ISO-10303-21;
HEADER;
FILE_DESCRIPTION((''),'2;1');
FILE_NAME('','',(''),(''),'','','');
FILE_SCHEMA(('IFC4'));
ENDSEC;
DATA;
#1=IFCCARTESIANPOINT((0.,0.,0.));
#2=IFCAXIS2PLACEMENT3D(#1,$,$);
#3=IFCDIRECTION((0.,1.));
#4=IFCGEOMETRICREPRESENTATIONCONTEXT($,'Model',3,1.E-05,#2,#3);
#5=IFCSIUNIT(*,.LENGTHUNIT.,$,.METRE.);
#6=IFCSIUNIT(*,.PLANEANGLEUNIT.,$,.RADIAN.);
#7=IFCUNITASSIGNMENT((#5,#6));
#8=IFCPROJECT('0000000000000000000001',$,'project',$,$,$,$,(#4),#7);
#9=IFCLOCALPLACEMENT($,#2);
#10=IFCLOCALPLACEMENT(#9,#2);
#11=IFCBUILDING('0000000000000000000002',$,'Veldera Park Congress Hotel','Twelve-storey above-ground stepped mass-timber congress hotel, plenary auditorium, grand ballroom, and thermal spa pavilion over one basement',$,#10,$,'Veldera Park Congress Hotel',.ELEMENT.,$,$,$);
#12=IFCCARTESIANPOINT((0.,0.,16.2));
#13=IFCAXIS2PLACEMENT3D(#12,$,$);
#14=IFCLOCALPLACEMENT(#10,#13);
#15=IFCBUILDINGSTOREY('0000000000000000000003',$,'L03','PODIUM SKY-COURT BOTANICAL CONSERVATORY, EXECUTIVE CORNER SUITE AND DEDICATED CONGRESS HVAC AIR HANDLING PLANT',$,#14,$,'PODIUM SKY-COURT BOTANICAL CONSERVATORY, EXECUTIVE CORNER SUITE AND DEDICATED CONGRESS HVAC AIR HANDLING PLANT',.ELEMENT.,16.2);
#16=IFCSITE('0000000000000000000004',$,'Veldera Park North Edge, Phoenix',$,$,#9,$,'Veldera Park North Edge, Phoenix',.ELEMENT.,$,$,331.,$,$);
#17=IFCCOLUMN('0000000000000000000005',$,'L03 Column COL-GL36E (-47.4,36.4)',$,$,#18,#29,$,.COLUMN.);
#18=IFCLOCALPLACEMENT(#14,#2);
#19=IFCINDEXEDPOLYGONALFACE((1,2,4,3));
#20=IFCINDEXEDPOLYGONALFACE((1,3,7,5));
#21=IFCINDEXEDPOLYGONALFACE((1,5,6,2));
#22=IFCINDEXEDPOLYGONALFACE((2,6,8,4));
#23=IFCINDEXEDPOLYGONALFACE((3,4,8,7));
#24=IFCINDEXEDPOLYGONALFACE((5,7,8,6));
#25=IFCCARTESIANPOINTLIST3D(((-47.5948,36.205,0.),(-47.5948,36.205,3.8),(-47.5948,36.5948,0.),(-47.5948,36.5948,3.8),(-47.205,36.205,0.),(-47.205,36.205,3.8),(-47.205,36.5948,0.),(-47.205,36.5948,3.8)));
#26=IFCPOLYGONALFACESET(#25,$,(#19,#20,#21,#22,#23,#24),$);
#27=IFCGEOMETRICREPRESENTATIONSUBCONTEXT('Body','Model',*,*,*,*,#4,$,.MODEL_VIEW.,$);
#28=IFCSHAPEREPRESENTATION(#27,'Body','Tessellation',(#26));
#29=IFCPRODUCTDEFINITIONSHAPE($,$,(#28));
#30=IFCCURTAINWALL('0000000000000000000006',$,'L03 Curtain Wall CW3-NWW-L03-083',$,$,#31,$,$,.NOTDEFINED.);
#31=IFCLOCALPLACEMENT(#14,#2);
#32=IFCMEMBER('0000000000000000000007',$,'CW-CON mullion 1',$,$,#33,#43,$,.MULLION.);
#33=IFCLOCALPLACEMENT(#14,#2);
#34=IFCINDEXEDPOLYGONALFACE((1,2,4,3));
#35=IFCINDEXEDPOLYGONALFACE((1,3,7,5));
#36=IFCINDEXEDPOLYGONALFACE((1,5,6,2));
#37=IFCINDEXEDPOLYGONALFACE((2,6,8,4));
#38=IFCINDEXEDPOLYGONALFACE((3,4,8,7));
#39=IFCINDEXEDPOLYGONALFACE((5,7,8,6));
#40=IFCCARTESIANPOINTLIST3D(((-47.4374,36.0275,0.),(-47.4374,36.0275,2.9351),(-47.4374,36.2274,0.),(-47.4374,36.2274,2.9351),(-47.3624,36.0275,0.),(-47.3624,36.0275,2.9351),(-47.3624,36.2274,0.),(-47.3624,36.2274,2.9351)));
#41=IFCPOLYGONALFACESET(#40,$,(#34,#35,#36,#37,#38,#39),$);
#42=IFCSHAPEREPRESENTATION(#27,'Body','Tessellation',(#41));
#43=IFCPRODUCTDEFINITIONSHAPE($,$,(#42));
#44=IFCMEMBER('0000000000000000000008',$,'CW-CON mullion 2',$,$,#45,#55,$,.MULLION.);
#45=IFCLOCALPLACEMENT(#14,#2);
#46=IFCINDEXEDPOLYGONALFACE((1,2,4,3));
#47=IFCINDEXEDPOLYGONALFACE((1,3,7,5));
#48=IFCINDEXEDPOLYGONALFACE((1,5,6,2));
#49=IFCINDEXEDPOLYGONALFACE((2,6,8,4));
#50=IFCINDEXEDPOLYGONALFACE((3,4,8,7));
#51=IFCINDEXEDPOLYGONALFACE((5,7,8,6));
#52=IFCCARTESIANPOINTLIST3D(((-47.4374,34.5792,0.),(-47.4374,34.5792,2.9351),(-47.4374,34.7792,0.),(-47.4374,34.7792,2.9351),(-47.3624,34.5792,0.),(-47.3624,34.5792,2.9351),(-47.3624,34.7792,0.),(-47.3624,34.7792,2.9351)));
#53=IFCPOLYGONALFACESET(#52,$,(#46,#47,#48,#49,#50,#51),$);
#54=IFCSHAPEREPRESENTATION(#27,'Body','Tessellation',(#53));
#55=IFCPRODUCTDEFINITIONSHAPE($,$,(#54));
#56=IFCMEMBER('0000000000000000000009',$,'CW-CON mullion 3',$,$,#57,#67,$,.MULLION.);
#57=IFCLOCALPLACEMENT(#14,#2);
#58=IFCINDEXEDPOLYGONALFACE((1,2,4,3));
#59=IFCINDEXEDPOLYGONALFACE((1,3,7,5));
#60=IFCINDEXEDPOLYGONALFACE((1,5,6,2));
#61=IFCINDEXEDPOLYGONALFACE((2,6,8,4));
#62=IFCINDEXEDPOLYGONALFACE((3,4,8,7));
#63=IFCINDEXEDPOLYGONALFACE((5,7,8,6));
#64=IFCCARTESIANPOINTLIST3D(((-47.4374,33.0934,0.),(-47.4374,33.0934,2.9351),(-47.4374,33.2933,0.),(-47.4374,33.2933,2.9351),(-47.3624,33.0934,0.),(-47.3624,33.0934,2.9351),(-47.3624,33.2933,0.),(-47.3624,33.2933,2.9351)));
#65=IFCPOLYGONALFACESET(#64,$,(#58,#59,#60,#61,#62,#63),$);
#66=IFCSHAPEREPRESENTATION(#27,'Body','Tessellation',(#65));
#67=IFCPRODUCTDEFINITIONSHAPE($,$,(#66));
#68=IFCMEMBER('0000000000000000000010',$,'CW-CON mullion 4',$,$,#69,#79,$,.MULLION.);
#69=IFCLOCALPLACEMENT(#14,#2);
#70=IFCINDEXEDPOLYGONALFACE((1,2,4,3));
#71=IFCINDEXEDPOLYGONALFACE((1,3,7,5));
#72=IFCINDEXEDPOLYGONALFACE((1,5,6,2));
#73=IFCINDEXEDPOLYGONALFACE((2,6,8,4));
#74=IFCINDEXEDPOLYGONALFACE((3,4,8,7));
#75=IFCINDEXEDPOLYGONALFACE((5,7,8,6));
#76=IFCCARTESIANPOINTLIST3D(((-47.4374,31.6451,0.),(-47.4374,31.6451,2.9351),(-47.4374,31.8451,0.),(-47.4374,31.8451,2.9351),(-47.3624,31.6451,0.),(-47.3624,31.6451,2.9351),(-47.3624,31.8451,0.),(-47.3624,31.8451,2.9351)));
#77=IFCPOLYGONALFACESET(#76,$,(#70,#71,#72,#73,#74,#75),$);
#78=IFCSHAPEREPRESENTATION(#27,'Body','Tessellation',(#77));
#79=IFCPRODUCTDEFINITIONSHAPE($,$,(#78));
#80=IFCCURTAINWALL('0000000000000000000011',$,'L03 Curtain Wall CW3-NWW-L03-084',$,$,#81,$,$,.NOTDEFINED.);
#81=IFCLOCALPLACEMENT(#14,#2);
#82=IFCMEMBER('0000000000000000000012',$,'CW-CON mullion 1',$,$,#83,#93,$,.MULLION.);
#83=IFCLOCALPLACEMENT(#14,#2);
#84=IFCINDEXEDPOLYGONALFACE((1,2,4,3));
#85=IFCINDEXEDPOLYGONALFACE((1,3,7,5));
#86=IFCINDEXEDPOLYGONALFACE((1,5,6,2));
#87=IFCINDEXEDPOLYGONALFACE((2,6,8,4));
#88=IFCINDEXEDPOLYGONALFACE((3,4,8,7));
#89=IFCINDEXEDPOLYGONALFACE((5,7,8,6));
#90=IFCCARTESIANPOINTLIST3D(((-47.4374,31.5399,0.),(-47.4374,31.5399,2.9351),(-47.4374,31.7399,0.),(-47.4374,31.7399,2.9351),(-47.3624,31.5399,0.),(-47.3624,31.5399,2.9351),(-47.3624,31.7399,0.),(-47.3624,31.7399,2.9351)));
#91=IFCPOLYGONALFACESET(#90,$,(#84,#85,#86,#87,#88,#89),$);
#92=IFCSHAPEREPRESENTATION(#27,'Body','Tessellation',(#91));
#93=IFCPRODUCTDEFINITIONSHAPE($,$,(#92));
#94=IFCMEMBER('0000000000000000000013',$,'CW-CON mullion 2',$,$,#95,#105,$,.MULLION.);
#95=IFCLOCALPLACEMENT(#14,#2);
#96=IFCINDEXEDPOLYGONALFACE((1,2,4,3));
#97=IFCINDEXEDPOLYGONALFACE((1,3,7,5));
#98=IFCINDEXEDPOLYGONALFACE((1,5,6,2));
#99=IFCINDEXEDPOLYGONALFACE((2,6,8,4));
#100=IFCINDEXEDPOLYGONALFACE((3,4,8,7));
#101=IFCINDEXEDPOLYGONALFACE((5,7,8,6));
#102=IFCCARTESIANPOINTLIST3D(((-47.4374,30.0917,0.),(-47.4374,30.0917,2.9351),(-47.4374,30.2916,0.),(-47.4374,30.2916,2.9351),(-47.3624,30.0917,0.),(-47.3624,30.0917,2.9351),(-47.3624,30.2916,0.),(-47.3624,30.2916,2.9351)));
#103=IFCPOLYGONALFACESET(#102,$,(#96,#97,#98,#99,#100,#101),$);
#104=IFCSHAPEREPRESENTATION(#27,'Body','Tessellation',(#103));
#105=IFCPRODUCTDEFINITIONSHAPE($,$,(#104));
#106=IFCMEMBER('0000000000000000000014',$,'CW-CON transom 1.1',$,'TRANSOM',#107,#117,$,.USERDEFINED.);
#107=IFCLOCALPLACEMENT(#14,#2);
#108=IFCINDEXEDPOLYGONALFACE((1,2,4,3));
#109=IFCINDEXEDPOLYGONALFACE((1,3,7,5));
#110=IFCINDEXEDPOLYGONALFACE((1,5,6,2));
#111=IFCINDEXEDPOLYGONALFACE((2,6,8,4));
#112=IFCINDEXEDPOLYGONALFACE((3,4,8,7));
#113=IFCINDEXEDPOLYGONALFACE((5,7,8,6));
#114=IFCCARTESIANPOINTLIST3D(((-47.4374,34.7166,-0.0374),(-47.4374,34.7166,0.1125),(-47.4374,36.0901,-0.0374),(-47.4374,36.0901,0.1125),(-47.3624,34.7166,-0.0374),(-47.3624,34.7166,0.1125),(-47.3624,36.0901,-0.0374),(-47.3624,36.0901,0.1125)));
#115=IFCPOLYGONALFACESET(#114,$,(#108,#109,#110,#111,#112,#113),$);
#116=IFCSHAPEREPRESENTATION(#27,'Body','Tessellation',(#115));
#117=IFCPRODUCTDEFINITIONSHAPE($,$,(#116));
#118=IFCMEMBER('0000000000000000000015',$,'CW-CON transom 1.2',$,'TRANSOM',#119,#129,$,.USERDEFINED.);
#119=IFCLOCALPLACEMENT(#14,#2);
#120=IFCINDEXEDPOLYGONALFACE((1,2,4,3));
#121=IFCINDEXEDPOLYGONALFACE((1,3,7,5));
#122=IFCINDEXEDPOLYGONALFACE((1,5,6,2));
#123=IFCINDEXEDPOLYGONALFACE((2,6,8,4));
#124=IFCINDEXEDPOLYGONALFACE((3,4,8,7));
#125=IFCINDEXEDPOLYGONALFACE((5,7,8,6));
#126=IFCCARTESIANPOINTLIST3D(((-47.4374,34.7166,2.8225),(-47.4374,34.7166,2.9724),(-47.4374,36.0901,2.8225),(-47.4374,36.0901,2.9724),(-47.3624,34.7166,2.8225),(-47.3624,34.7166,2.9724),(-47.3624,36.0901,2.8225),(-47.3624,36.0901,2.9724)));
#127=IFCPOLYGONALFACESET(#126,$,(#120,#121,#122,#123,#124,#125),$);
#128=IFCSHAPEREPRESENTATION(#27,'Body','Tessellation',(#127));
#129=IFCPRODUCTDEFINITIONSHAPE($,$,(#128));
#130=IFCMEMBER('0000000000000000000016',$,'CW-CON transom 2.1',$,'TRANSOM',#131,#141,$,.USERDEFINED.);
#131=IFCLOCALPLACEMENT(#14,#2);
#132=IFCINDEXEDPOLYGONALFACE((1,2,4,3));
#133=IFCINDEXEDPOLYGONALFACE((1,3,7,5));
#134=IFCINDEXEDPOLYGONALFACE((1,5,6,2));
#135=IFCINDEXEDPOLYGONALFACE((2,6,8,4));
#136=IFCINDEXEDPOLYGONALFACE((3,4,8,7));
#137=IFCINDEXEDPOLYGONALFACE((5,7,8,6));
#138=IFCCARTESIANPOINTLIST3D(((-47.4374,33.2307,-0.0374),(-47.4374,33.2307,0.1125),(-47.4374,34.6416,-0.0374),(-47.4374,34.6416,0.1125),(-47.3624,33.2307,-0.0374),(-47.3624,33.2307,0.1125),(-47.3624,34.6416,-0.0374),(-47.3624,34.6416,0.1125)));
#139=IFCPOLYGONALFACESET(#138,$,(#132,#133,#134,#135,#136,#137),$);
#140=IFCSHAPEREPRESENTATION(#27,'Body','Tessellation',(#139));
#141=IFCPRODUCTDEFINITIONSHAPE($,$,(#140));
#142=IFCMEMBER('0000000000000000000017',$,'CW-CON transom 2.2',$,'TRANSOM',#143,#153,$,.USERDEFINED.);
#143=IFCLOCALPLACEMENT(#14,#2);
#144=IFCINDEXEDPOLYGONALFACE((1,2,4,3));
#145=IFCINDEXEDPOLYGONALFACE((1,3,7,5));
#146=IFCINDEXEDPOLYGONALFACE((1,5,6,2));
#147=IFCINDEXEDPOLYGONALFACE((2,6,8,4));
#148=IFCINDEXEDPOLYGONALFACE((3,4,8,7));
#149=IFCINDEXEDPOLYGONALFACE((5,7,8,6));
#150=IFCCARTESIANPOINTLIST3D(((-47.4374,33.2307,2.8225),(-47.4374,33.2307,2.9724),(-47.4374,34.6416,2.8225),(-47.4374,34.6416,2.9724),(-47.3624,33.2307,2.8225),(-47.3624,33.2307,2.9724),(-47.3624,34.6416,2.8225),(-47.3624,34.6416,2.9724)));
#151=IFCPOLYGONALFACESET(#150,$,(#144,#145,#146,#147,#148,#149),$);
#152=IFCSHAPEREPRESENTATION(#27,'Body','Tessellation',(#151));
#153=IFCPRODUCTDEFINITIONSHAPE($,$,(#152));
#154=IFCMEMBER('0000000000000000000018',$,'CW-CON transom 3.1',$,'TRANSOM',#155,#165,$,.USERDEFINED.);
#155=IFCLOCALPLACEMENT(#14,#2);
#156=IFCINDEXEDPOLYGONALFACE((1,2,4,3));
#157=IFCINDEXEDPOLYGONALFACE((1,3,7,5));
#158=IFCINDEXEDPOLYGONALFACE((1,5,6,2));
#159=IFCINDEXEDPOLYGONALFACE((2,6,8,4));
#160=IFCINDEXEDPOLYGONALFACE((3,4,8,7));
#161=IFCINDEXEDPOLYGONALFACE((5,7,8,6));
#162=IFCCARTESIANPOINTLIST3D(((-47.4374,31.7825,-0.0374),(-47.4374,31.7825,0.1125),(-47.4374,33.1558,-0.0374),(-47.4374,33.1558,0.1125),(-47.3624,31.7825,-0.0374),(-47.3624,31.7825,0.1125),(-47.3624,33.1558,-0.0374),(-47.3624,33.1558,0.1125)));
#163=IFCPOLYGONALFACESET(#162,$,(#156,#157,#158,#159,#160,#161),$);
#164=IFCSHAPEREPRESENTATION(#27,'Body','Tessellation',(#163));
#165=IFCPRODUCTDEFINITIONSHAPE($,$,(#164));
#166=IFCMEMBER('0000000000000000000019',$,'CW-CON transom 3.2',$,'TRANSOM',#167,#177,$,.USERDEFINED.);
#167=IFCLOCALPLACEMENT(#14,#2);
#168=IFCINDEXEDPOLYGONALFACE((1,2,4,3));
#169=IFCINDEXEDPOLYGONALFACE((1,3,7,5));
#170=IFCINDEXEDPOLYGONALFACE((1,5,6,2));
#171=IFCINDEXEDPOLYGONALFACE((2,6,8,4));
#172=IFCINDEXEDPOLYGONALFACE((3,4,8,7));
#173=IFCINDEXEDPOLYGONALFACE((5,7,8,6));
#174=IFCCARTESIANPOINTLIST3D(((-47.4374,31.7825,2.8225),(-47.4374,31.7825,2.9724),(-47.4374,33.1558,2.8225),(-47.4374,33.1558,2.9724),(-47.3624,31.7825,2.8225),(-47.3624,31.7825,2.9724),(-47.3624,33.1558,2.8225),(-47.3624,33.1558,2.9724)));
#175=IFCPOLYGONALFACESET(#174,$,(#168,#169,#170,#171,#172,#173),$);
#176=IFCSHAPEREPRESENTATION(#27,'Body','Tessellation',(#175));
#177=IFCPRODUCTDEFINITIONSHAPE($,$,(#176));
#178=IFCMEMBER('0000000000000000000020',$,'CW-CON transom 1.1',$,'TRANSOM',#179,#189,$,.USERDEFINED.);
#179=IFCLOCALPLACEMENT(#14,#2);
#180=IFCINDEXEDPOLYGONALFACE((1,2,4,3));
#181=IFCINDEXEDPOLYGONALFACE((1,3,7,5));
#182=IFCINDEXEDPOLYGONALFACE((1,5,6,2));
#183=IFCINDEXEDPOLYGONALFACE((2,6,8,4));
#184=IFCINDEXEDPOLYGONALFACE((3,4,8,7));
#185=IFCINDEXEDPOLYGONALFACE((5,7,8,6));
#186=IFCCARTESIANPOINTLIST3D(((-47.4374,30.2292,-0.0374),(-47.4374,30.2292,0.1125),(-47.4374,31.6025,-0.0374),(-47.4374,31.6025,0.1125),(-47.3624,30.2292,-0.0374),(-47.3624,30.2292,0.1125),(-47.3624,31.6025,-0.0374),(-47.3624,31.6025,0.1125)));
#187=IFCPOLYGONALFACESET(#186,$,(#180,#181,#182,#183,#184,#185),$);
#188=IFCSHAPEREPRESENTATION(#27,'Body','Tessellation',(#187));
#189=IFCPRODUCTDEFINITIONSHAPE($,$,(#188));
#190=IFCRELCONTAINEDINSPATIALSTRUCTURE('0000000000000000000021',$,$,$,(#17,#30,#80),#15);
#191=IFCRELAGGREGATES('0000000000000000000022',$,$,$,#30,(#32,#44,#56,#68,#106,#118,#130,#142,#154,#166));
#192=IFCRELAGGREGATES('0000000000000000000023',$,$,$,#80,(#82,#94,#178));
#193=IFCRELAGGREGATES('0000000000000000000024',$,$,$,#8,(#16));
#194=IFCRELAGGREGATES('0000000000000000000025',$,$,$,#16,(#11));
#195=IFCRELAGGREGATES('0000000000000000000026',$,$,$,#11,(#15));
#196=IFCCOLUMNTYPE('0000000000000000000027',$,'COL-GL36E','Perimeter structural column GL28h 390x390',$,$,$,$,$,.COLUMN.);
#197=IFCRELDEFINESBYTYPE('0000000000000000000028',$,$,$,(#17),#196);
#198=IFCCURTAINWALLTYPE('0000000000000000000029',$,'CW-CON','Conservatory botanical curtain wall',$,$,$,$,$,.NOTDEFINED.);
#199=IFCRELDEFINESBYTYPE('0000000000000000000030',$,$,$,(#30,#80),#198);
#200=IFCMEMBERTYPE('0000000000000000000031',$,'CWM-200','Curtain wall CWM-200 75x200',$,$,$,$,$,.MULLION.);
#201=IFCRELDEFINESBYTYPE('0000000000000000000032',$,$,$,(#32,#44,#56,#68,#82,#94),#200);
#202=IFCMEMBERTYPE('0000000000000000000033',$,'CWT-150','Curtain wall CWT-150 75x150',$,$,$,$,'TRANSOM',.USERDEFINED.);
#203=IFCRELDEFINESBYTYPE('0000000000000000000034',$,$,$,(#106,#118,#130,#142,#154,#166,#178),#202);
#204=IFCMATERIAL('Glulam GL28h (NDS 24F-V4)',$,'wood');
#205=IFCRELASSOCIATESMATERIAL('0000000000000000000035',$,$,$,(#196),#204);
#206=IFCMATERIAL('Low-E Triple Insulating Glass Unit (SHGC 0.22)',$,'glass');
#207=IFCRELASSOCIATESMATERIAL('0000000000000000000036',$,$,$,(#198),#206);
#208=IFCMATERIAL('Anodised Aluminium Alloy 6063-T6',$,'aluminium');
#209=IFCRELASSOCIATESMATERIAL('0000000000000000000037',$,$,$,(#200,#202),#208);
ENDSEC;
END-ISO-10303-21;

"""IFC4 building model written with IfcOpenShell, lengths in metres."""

from ifc_helpers import new_model, si_unit, direction, frame, origin, origin_2d, place, context, subcontext, project, spatial, rectangle, extrude, material, material_profile, profile_set, type_object, element, aggregate, save


model = new_model("IFC4")

# Units and contexts
model_context = context("Model", 3, precision=1e-05, world=origin(), true_north=direction((0.0, 1.0)))
body_context = subcontext(model_context, "Body", "Model", "MODEL_VIEW")
ifc_project = project(units=[si_unit("LENGTHUNIT", "METRE"), si_unit("PLANEANGLEUNIT", "RADIAN")], contexts=[model_context])

# Site, building, storey
site_placement = place(None, origin())
site = spatial("IfcSite", under=ifc_project, at=site_placement, Name="Veldera Park North Edge, Phoenix", LongName="Veldera Park North Edge, Phoenix", CompositionType="ELEMENT", RefElevation=331.0)
building_placement = place(site_placement, origin())
building = spatial("IfcBuilding", under=site, at=building_placement, Name="Veldera Park Congress Hotel", Description="Twelve-storey above-ground stepped mass-timber congress hotel, plenary auditorium, grand ballroom, and thermal spa pavilion over one basement", LongName="Veldera Park Congress Hotel", CompositionType="ELEMENT")
storey_placement = place(building_placement, frame((0.0, 0.0, 16.2)))
storey = spatial("IfcBuildingStorey", under=building, at=storey_placement, Name="L03", Description="PODIUM SKY-COURT BOTANICAL CONSERVATORY, EXECUTIVE CORNER SUITE AND DEDICATED CONGRESS HVAC AIR HANDLING PLANT", LongName="PODIUM SKY-COURT BOTANICAL CONSERVATORY, EXECUTIVE CORNER SUITE AND DEDICATED CONGRESS HVAC AIR HANDLING PLANT", CompositionType="ELEMENT", Elevation=16.2)

# Column
ifc_material_1 = material(Name="Glulam GL28h (NDS 24F-V4)", Category="wood")
ifc_material_profile_1 = material_profile(ifc_material_1, rectangle(XDim=0.3899, YDim=0.3899, at=origin_2d()), Name="GL28h 390x390")
ifc_profile_set_1 = profile_set([ifc_material_profile_1], Name="Glulam GL28h (NDS 24F-V4)")
column_type = type_object("IfcColumnType", Name="COL-GL36E", Description="Perimeter structural column GL28h 390x390", PredefinedType="COLUMN", material=ifc_profile_set_1)
column_placement = place(storey_placement, frame((-47.3999, 36.3999, 0.0), z_axis=(0.0, 0.0, 1.0), x_axis=(1.0, 0.0, 0.0)))
element("IfcColumn", 1, at=column_placement, inside=storey, type_object=column_type, Name="L03 Column COL-GL36E (-47.4,36.4)", PredefinedType="COLUMN", context=body_context, shape_type="SweptSolid", body=[
    extrude(rectangle(XDim=0.3899, YDim=0.3899, at=origin_2d()), origin(), (0.0, 0.0, 1.0), 3.8),
])

# Curtain walls, members
ifc_material_2 = material(Name="Low-E Triple Insulating Glass Unit (SHGC 0.22)", Category="glass")
curtain_wall_type = type_object("IfcCurtainWallType", Name="CW-CON", Description="Conservatory botanical curtain wall", PredefinedType="NOTDEFINED", material=ifc_material_2)
curtain_wall_1_placement = place(storey_placement, origin())
curtain_wall_1 = element("IfcCurtainWall", 2, at=curtain_wall_1_placement, inside=storey, type_object=curtain_wall_type, Name="L03 Curtain Wall CW3-NWW-L03-083", PredefinedType="NOTDEFINED")
ifc_material_3 = material(Name="Anodised Aluminium Alloy 6063-T6", Category="aluminium")
ifc_material_profile_2 = material_profile(ifc_material_3, rectangle(XDim=0.075, YDim=0.2, at=origin_2d()), Name="ALU 75x200")
ifc_profile_set_2 = profile_set([ifc_material_profile_2], Name="Anodised Aluminium Alloy 6063-T6")
member_type_1 = type_object("IfcMemberType", Name="CWM-200", Description="Curtain wall CWM-200 75x200", PredefinedType="MULLION", material=ifc_profile_set_2)
member_1_placement = place(storey_placement, frame((-47.3999, 36.1274, 0.0), z_axis=(0.0, 0.0, 1.0), x_axis=(1.0, 0.0, 0.0)))
member_1 = element("IfcMember", 3, at=member_1_placement, type_object=member_type_1, Name="CW-CON mullion 1", PredefinedType="MULLION", context=body_context, shape_type="SweptSolid", body=[
    extrude(rectangle(XDim=0.075, YDim=0.2, at=origin_2d()), origin(), (0.0, 0.0, 1.0), 2.9351),
])
member_2_placement = place(storey_placement, frame((-47.3999, 34.6792, 0.0), z_axis=(0.0, 0.0, 1.0), x_axis=(1.0, 0.0, 0.0)))
member_2 = element("IfcMember", 4, at=member_2_placement, type_object=member_type_1, Name="CW-CON mullion 2", PredefinedType="MULLION", context=body_context, shape_type="SweptSolid", body=[
    extrude(rectangle(XDim=0.075, YDim=0.2, at=origin_2d()), origin(), (0.0, 0.0, 1.0), 2.9351),
])
member_3_placement = place(storey_placement, frame((-47.3999, 33.1934, 0.0), z_axis=(0.0, 0.0, 1.0), x_axis=(1.0, 0.0, 0.0)))
member_3 = element("IfcMember", 5, at=member_3_placement, type_object=member_type_1, Name="CW-CON mullion 3", PredefinedType="MULLION", context=body_context, shape_type="SweptSolid", body=[
    extrude(rectangle(XDim=0.075, YDim=0.2, at=origin_2d()), origin(), (0.0, 0.0, 1.0), 2.9351),
])
member_4_placement = place(storey_placement, frame((-47.3999, 31.7451, 0.0), z_axis=(0.0, 0.0, 1.0), x_axis=(1.0, 0.0, 0.0)))
member_4 = element("IfcMember", 6, at=member_4_placement, type_object=member_type_1, Name="CW-CON mullion 4", PredefinedType="MULLION", context=body_context, shape_type="SweptSolid", body=[
    extrude(rectangle(XDim=0.075, YDim=0.2, at=origin_2d()), origin(), (0.0, 0.0, 1.0), 2.9351),
])
curtain_wall_2_placement = place(storey_placement, origin())
curtain_wall_2 = element("IfcCurtainWall", 7, at=curtain_wall_2_placement, inside=storey, type_object=curtain_wall_type, Name="L03 Curtain Wall CW3-NWW-L03-084", PredefinedType="NOTDEFINED")
member_5_placement = place(storey_placement, frame((-47.3999, 31.6399, 0.0), z_axis=(0.0, 0.0, 1.0), x_axis=(1.0, 0.0, 0.0)))
member_5 = element("IfcMember", 8, at=member_5_placement, type_object=member_type_1, Name="CW-CON mullion 1", PredefinedType="MULLION", context=body_context, shape_type="SweptSolid", body=[
    extrude(rectangle(XDim=0.075, YDim=0.2, at=origin_2d()), origin(), (0.0, 0.0, 1.0), 2.9351),
])
member_6_placement = place(storey_placement, frame((-47.3999, 30.1917, 0.0), z_axis=(0.0, 0.0, 1.0), x_axis=(1.0, 0.0, 0.0)))
member_6 = element("IfcMember", 9, at=member_6_placement, type_object=member_type_1, Name="CW-CON mullion 2", PredefinedType="MULLION", context=body_context, shape_type="SweptSolid", body=[
    extrude(rectangle(XDim=0.075, YDim=0.2, at=origin_2d()), origin(), (0.0, 0.0, 1.0), 2.9351),
])

# Members
ifc_material_profile_3 = material_profile(ifc_material_3, rectangle(XDim=0.075, YDim=0.1499, at=origin_2d()), Name="ALU 75x150")
ifc_profile_set_3 = profile_set([ifc_material_profile_3], Name="Anodised Aluminium Alloy 6063-T6")
member_type_2 = type_object("IfcMemberType", Name="CWT-150", Description="Curtain wall CWT-150 75x150", ElementType="TRANSOM", PredefinedType="USERDEFINED", material=ifc_profile_set_3)
member_7_placement = place(storey_placement, frame((-47.3999, 36.0901, 0.0376), z_axis=(0.0, -1.0, 0.0), x_axis=(1.0, 0.0, 0.0)))
member_7 = element("IfcMember", 10, at=member_7_placement, type_object=member_type_2, Name="CW-CON transom 1.1", ObjectType="TRANSOM", PredefinedType="USERDEFINED", context=body_context, shape_type="SweptSolid", body=[
    extrude(rectangle(XDim=0.075, YDim=0.1499, at=origin_2d()), origin(), (0.0, 0.0, 1.0), 1.3735),
])
member_8_placement = place(storey_placement, frame((-47.3999, 36.0901, 2.8975), z_axis=(0.0, -1.0, 0.0), x_axis=(1.0, 0.0, 0.0)))
member_8 = element("IfcMember", 11, at=member_8_placement, type_object=member_type_2, Name="CW-CON transom 1.2", ObjectType="TRANSOM", PredefinedType="USERDEFINED", context=body_context, shape_type="SweptSolid", body=[
    extrude(rectangle(XDim=0.075, YDim=0.1499, at=origin_2d()), origin(), (0.0, 0.0, 1.0), 1.3735),
])
member_9_placement = place(storey_placement, frame((-47.3999, 34.6416, 0.0376), z_axis=(0.0, -1.0, 0.0), x_axis=(1.0, 0.0, 0.0)))
member_9 = element("IfcMember", 12, at=member_9_placement, type_object=member_type_2, Name="CW-CON transom 2.1", ObjectType="TRANSOM", PredefinedType="USERDEFINED", context=body_context, shape_type="SweptSolid", body=[
    extrude(rectangle(XDim=0.075, YDim=0.1499, at=origin_2d()), origin(), (0.0, 0.0, 1.0), 1.4109),
])
member_10_placement = place(storey_placement, frame((-47.3999, 34.6416, 2.8975), z_axis=(0.0, -1.0, 0.0), x_axis=(1.0, 0.0, 0.0)))
member_10 = element("IfcMember", 13, at=member_10_placement, type_object=member_type_2, Name="CW-CON transom 2.2", ObjectType="TRANSOM", PredefinedType="USERDEFINED", context=body_context, shape_type="SweptSolid", body=[
    extrude(rectangle(XDim=0.075, YDim=0.1499, at=origin_2d()), origin(), (0.0, 0.0, 1.0), 1.4109),
])
member_11_placement = place(storey_placement, frame((-47.3999, 33.1558, 0.0376), z_axis=(0.0, -1.0, 0.0), x_axis=(1.0, 0.0, 0.0)))
member_11 = element("IfcMember", 14, at=member_11_placement, type_object=member_type_2, Name="CW-CON transom 3.1", ObjectType="TRANSOM", PredefinedType="USERDEFINED", context=body_context, shape_type="SweptSolid", body=[
    extrude(rectangle(XDim=0.075, YDim=0.1499, at=origin_2d()), origin(), (0.0, 0.0, 1.0), 1.3733),
])
member_12_placement = place(storey_placement, frame((-47.3999, 33.1558, 2.8975), z_axis=(0.0, -1.0, 0.0), x_axis=(1.0, 0.0, 0.0)))
member_12 = element("IfcMember", 15, at=member_12_placement, type_object=member_type_2, Name="CW-CON transom 3.2", ObjectType="TRANSOM", PredefinedType="USERDEFINED", context=body_context, shape_type="SweptSolid", body=[
    extrude(rectangle(XDim=0.075, YDim=0.1499, at=origin_2d()), origin(), (0.0, 0.0, 1.0), 1.3733),
])
member_13_placement = place(storey_placement, frame((-47.3999, 31.6025, 0.0376), z_axis=(0.0, -1.0, 0.0), x_axis=(1.0, 0.0, 0.0)))
member_13 = element("IfcMember", 16, at=member_13_placement, type_object=member_type_2, Name="CW-CON transom 1.1", ObjectType="TRANSOM", PredefinedType="USERDEFINED", context=body_context, shape_type="SweptSolid", body=[
    extrude(rectangle(XDim=0.075, YDim=0.1499, at=origin_2d()), origin(), (0.0, 0.0, 1.0), 1.3733),
])

aggregate(curtain_wall_1, [member_1, member_2, member_3, member_4, member_7, member_8, member_9, member_10, member_11, member_12])
aggregate(curtain_wall_2, [member_5, member_6, member_13])

save(model, "model.ifc")
